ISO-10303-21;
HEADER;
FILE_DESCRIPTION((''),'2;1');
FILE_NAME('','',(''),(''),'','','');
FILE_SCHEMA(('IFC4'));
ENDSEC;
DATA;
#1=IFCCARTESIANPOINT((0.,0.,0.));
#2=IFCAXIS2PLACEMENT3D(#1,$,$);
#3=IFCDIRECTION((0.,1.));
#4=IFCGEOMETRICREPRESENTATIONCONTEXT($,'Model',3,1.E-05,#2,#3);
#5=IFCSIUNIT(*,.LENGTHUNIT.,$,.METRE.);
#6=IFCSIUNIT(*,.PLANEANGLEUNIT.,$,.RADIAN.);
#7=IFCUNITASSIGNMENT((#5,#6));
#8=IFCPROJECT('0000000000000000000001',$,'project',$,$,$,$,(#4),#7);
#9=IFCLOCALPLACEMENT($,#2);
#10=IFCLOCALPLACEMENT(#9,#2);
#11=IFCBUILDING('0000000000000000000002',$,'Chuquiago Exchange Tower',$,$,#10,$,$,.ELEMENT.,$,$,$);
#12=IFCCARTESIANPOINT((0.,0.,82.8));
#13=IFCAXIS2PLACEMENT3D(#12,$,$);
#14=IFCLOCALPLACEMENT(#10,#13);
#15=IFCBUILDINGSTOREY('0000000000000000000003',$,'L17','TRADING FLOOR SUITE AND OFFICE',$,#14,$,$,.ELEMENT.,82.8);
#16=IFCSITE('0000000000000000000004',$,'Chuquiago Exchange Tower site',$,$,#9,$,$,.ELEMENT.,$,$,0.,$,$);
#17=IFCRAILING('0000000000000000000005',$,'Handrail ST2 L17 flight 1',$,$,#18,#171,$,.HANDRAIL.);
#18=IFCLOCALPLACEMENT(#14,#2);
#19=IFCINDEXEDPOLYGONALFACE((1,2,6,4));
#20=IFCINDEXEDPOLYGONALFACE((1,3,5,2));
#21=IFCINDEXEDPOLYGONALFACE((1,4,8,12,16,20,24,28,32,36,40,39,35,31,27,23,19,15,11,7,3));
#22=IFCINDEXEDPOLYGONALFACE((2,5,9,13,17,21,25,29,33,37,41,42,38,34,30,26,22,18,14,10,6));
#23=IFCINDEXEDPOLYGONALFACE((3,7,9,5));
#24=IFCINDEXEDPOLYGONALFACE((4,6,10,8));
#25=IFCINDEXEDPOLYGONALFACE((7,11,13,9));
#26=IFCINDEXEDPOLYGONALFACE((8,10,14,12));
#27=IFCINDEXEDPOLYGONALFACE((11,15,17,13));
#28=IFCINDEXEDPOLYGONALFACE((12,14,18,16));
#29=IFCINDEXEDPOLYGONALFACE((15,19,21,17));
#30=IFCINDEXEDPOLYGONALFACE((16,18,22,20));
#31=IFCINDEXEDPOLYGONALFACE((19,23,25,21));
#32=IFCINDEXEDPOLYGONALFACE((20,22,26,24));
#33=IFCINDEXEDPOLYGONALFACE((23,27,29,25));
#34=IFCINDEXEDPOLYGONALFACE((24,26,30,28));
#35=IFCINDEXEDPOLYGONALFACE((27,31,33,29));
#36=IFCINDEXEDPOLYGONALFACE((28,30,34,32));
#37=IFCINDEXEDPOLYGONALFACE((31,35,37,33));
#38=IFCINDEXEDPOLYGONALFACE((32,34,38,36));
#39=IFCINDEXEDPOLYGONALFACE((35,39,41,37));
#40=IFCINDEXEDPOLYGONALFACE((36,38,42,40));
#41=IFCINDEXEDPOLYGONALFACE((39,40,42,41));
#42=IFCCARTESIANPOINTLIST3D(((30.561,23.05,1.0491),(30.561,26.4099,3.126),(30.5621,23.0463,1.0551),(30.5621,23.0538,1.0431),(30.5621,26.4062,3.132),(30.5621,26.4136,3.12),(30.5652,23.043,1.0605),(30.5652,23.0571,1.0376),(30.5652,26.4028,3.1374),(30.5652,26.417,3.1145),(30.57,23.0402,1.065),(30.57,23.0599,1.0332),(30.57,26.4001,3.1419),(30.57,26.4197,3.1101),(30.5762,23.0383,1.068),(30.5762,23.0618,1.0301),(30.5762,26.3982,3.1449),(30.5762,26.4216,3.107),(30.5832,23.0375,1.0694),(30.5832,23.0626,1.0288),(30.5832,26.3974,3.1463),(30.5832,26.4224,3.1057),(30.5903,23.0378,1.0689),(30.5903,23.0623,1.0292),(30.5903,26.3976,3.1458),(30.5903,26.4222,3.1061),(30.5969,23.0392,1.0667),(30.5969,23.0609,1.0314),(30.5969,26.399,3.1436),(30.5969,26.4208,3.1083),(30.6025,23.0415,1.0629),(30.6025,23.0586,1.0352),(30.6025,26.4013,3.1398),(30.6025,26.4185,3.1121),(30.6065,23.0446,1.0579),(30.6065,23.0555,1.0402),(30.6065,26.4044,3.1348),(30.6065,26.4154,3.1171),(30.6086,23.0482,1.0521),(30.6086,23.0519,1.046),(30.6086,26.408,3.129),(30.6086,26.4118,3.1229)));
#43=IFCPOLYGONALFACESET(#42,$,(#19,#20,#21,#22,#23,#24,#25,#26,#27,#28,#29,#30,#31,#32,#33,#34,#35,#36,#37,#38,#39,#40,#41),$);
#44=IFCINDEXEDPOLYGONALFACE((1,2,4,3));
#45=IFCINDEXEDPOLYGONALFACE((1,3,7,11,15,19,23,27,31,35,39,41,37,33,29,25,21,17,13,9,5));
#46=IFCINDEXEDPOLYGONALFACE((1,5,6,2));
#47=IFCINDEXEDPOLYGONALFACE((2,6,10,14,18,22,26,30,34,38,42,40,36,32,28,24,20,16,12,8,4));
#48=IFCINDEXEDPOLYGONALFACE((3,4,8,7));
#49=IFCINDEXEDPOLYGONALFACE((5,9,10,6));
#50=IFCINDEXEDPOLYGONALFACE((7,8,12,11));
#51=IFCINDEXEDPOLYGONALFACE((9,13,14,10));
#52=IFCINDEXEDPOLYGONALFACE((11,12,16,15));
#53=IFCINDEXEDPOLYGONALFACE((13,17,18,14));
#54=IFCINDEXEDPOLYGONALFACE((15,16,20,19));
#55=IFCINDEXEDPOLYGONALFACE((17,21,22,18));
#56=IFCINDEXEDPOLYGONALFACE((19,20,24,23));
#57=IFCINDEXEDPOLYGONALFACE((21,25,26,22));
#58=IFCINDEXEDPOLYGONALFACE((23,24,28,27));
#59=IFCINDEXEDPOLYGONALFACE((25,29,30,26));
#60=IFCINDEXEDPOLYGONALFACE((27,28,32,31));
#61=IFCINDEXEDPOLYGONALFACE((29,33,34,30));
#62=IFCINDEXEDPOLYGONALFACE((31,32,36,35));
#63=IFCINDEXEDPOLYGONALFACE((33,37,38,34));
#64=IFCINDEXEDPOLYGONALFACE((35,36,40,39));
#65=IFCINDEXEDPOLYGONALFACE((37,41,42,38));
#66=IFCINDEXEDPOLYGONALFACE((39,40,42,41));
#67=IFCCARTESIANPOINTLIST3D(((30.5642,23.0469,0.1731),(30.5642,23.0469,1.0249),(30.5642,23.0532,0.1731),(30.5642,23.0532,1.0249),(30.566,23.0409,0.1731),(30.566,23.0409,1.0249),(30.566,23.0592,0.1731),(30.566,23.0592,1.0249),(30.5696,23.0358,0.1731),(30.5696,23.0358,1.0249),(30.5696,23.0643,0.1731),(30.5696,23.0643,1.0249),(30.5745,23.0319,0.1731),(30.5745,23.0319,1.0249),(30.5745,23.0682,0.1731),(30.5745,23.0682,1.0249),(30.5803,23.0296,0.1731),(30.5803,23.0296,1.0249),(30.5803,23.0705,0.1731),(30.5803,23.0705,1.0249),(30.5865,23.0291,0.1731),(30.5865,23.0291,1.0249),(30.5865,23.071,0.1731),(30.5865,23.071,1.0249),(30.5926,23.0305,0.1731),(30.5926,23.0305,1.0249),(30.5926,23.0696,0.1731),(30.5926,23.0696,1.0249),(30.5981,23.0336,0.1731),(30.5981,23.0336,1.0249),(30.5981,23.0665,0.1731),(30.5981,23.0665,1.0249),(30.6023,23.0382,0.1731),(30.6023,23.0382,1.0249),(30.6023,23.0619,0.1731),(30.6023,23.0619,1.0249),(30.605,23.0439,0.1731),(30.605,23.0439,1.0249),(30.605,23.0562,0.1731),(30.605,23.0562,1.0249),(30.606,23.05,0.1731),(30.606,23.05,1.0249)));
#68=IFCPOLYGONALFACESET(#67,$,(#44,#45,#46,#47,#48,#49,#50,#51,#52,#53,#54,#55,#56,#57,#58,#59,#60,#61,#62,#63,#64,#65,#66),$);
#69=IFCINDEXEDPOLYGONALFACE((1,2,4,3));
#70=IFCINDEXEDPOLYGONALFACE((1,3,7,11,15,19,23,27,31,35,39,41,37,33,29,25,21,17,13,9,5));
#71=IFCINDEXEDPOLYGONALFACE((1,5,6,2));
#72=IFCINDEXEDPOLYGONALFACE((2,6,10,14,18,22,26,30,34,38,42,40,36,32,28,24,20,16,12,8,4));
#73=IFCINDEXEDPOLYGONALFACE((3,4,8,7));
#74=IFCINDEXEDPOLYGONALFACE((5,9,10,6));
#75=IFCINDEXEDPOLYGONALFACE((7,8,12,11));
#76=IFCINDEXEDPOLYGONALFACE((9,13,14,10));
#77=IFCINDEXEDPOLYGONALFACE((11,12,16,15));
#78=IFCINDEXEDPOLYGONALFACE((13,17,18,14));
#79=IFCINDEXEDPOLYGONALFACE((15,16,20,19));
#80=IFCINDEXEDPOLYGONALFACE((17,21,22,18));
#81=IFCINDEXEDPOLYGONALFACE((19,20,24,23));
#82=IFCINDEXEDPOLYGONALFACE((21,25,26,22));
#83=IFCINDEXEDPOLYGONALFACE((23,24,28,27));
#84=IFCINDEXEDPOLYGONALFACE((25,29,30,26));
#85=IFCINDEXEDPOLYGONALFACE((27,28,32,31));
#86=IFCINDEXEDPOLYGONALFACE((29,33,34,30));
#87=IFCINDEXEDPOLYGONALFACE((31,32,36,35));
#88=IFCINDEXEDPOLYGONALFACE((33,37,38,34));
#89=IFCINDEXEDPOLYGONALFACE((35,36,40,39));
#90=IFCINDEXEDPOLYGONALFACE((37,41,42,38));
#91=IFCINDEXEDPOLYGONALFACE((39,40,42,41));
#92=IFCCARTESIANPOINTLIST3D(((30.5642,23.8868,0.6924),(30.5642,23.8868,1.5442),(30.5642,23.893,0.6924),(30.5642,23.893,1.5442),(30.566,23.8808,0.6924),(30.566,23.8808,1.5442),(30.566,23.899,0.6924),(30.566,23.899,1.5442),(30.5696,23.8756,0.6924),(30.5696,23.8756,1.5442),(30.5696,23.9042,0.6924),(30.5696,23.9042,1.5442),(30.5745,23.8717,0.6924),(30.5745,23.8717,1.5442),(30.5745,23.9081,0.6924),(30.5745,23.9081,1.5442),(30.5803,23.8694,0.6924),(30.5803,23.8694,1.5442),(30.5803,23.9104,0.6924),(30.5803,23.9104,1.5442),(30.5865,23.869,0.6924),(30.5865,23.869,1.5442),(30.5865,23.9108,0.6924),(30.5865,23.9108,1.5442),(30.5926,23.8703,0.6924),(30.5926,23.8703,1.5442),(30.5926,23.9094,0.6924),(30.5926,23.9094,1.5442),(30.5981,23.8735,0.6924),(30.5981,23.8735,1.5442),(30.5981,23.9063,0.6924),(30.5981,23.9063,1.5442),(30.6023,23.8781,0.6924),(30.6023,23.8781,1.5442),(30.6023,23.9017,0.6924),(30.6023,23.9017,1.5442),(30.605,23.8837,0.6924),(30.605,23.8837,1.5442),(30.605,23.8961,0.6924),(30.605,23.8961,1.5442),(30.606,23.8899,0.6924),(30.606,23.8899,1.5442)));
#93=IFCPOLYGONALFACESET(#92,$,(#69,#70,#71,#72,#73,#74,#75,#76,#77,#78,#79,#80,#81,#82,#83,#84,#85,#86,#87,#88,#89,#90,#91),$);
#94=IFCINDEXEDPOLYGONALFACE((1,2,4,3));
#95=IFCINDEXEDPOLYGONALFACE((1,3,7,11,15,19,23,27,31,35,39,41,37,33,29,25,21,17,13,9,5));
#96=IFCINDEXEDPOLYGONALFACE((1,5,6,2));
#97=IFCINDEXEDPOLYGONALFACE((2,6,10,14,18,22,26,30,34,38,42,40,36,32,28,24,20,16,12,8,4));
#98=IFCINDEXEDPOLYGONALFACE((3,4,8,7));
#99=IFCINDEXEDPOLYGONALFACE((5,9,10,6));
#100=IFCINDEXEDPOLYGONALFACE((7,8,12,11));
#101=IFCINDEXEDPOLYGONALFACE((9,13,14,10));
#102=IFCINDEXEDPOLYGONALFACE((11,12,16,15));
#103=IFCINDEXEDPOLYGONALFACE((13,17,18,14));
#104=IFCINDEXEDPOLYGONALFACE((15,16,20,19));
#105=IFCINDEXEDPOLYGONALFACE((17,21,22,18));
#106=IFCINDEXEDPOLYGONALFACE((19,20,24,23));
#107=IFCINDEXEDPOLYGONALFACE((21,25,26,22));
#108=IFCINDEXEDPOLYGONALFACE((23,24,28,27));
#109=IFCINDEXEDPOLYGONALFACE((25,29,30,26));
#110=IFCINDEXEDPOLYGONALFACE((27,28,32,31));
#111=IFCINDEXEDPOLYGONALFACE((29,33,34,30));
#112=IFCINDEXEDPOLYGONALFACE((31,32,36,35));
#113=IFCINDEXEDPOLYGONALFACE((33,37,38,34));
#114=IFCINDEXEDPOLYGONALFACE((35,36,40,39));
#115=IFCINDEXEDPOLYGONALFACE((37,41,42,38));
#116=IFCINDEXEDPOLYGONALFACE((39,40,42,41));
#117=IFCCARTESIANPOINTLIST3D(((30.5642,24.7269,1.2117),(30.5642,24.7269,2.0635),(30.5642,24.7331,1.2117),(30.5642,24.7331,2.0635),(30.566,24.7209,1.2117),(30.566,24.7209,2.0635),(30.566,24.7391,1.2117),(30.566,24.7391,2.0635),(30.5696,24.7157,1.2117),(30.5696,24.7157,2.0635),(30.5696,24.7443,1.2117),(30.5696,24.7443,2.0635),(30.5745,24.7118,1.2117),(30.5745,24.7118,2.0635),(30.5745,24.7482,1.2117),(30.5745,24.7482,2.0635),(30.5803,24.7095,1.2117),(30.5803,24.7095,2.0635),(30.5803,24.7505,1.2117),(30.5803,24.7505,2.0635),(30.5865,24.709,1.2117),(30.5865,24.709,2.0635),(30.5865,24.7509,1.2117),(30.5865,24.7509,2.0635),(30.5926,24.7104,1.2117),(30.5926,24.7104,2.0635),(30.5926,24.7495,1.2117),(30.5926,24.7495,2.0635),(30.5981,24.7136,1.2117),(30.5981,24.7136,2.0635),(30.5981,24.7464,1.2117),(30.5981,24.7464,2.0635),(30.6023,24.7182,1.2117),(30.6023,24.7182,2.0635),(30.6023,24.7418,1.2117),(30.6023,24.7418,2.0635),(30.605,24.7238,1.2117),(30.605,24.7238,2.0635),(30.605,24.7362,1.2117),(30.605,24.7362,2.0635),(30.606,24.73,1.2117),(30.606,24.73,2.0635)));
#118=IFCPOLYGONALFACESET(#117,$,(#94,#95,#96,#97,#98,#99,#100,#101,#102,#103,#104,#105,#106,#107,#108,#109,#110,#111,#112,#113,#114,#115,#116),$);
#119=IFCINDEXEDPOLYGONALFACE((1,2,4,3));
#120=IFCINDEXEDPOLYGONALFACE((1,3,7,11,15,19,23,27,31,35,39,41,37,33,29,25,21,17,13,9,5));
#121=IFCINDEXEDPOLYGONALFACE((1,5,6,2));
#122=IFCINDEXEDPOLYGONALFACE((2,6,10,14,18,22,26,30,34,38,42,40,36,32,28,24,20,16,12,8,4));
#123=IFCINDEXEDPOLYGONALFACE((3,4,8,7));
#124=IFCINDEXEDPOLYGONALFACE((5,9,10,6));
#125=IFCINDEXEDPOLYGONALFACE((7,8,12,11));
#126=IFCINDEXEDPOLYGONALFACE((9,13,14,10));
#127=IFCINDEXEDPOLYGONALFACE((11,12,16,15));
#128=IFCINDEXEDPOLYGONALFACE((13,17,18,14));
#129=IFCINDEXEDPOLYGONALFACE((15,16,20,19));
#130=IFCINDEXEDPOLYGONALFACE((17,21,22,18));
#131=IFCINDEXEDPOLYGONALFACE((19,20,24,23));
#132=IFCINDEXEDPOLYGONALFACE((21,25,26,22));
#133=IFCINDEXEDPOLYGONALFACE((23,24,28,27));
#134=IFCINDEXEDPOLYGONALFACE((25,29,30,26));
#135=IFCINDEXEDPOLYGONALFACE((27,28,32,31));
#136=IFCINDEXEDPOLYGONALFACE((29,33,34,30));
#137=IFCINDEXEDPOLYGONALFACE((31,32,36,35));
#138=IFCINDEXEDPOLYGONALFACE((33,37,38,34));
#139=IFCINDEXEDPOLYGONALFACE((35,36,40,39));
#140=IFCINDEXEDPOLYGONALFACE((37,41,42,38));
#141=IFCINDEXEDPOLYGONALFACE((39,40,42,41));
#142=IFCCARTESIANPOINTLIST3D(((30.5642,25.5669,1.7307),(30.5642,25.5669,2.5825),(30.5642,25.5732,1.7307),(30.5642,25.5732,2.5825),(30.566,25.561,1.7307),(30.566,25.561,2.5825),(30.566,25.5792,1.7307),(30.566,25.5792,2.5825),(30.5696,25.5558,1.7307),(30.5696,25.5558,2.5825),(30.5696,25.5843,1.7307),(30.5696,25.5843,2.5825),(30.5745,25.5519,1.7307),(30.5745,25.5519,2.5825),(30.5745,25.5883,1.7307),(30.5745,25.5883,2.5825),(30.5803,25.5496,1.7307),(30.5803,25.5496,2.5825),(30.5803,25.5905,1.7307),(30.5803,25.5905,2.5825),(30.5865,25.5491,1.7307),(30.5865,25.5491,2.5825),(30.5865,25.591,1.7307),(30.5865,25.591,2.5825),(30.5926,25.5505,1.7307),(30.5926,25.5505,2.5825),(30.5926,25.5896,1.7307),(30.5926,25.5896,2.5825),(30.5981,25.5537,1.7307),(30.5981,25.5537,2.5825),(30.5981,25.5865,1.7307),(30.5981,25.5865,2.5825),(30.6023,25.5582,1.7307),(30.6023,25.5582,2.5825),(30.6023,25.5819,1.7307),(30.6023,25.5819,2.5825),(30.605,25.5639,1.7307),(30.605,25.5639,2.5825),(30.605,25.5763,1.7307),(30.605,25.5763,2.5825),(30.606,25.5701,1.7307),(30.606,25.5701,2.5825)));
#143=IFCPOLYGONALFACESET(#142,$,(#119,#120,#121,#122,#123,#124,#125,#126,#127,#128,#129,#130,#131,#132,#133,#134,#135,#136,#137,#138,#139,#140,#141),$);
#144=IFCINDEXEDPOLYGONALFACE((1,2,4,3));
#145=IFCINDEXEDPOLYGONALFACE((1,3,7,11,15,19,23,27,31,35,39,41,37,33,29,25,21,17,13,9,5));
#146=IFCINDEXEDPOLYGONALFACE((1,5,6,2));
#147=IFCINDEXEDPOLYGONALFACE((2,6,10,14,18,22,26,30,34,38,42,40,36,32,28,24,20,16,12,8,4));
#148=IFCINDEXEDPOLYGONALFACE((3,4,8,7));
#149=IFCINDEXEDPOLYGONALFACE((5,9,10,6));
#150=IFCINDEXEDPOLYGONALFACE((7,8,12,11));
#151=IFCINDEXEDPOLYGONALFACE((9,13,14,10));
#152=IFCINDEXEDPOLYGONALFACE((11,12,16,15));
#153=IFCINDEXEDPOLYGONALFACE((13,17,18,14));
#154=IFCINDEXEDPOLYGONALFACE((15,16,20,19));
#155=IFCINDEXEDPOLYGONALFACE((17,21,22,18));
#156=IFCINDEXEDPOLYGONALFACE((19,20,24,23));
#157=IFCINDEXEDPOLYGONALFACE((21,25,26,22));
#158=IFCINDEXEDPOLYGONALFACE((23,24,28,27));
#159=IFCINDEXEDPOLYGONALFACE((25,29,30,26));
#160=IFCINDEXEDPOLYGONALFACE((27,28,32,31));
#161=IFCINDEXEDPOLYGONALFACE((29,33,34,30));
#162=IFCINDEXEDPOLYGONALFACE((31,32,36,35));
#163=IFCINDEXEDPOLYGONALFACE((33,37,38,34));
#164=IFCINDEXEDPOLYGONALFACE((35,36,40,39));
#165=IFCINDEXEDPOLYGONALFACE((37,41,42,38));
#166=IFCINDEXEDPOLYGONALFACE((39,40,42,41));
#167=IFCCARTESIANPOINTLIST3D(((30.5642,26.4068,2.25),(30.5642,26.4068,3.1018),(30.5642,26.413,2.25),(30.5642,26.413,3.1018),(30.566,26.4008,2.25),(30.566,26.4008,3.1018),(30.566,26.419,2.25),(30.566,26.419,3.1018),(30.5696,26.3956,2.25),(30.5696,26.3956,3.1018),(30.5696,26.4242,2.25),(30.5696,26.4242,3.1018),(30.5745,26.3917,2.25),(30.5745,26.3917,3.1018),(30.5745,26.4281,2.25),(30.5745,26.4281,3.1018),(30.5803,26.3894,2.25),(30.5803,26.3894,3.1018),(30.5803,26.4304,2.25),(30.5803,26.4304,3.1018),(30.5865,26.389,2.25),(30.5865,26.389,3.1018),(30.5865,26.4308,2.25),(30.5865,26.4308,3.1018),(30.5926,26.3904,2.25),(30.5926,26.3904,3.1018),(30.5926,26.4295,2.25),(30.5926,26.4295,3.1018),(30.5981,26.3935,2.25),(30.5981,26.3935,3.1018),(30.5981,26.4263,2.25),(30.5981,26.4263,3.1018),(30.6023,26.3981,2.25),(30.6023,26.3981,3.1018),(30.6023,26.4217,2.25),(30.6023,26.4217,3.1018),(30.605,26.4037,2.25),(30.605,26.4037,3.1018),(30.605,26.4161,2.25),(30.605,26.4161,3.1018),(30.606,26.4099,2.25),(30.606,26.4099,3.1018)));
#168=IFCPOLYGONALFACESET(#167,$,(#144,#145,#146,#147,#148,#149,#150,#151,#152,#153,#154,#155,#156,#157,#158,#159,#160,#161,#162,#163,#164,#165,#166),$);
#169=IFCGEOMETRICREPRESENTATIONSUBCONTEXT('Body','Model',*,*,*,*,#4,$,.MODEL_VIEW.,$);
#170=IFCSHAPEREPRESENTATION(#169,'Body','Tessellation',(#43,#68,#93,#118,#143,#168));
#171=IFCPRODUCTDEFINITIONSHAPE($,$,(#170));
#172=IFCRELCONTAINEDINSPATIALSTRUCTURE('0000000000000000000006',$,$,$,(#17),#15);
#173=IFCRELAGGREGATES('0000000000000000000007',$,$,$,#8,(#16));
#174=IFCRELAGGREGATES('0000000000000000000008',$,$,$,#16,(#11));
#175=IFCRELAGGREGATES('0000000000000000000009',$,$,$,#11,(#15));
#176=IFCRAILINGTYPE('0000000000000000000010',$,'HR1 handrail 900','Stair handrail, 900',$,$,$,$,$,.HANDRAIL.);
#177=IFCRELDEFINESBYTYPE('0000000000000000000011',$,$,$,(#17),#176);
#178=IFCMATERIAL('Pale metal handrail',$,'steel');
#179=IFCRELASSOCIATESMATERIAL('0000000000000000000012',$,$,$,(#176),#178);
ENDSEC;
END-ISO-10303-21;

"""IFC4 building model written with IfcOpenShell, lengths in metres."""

from ifc_helpers import new_model, si_unit, direction, frame, origin, origin_2d, place, context, subcontext, project, spatial, circle, extrude, material, type_object, element, save


model = new_model("IFC4")

# Units and contexts
model_context = context("Model", 3, precision=1e-05, world=origin(), true_north=direction((0.0, 1.0)))
body_context = subcontext(model_context, "Body", "Model", "MODEL_VIEW")
ifc_project = project(units=[si_unit("LENGTHUNIT", "METRE"), si_unit("PLANEANGLEUNIT", "RADIAN")], contexts=[model_context])

# Site, building, storey
site_placement = place(None, origin())
site = spatial("IfcSite", under=ifc_project, at=site_placement, Name="Chuquiago Exchange Tower site", CompositionType="ELEMENT", RefElevation=0.0)
building_placement = place(site_placement, origin())
building = spatial("IfcBuilding", under=site, at=building_placement, Name="Chuquiago Exchange Tower", CompositionType="ELEMENT")
storey_placement = place(building_placement, frame((0.0, 0.0, 82.8)))
storey = spatial("IfcBuildingStorey", under=building, at=storey_placement, Name="L17", Description="TRADING FLOOR SUITE AND OFFICE", CompositionType="ELEMENT", Elevation=82.8)

# Railing
ifc_material_1 = material(Name="Pale metal handrail", Category="steel")
railing_type_1 = type_object("IfcRailingType", Name="HR1 handrail 900", Description="Stair handrail, 900", PredefinedType="HANDRAIL", material=ifc_material_1)
for number, where, name in (
    (1, (30.585, 23.05, 0.1731), "Handrail ST2 L17 flight 1"),
):
    element("IfcRailing", number, at=place(storey_placement, frame(where)), inside=storey, type_object=railing_type_1, Name=name, PredefinedType="HANDRAIL", context=body_context, shape_type="SweptSolid", body=[
        extrude(circle(Radius=0.0239, at=origin_2d()), frame((0.0, 0.0, 0.876), z_axis=(0.0, 0.850606, 0.525803), x_axis=(-1.0, 0.0, 0.0)), (0.0, 0.0, 1.0), 3.95),
        extrude(circle(Radius=0.021, at=origin_2d()), origin(), (0.0, 0.0, 1.0), 0.8518),
        extrude(circle(Radius=0.021, at=origin_2d()), frame((0.0, 0.8398, 0.5193)), (0.0, 0.0, 1.0), 0.8518),
        extrude(circle(Radius=0.021, at=origin_2d()), frame((0.0, 1.6799, 1.0386)), (0.0, 0.0, 1.0), 0.8518),
        extrude(circle(Radius=0.021, at=origin_2d()), frame((0.0, 2.52, 1.5576)), (0.0, 0.0, 1.0), 0.8518),
        extrude(circle(Radius=0.021, at=origin_2d()), frame((0.0, 3.3599, 2.0769)), (0.0, 0.0, 1.0), 0.8518),
    ])

save(model, "model.ifc")
